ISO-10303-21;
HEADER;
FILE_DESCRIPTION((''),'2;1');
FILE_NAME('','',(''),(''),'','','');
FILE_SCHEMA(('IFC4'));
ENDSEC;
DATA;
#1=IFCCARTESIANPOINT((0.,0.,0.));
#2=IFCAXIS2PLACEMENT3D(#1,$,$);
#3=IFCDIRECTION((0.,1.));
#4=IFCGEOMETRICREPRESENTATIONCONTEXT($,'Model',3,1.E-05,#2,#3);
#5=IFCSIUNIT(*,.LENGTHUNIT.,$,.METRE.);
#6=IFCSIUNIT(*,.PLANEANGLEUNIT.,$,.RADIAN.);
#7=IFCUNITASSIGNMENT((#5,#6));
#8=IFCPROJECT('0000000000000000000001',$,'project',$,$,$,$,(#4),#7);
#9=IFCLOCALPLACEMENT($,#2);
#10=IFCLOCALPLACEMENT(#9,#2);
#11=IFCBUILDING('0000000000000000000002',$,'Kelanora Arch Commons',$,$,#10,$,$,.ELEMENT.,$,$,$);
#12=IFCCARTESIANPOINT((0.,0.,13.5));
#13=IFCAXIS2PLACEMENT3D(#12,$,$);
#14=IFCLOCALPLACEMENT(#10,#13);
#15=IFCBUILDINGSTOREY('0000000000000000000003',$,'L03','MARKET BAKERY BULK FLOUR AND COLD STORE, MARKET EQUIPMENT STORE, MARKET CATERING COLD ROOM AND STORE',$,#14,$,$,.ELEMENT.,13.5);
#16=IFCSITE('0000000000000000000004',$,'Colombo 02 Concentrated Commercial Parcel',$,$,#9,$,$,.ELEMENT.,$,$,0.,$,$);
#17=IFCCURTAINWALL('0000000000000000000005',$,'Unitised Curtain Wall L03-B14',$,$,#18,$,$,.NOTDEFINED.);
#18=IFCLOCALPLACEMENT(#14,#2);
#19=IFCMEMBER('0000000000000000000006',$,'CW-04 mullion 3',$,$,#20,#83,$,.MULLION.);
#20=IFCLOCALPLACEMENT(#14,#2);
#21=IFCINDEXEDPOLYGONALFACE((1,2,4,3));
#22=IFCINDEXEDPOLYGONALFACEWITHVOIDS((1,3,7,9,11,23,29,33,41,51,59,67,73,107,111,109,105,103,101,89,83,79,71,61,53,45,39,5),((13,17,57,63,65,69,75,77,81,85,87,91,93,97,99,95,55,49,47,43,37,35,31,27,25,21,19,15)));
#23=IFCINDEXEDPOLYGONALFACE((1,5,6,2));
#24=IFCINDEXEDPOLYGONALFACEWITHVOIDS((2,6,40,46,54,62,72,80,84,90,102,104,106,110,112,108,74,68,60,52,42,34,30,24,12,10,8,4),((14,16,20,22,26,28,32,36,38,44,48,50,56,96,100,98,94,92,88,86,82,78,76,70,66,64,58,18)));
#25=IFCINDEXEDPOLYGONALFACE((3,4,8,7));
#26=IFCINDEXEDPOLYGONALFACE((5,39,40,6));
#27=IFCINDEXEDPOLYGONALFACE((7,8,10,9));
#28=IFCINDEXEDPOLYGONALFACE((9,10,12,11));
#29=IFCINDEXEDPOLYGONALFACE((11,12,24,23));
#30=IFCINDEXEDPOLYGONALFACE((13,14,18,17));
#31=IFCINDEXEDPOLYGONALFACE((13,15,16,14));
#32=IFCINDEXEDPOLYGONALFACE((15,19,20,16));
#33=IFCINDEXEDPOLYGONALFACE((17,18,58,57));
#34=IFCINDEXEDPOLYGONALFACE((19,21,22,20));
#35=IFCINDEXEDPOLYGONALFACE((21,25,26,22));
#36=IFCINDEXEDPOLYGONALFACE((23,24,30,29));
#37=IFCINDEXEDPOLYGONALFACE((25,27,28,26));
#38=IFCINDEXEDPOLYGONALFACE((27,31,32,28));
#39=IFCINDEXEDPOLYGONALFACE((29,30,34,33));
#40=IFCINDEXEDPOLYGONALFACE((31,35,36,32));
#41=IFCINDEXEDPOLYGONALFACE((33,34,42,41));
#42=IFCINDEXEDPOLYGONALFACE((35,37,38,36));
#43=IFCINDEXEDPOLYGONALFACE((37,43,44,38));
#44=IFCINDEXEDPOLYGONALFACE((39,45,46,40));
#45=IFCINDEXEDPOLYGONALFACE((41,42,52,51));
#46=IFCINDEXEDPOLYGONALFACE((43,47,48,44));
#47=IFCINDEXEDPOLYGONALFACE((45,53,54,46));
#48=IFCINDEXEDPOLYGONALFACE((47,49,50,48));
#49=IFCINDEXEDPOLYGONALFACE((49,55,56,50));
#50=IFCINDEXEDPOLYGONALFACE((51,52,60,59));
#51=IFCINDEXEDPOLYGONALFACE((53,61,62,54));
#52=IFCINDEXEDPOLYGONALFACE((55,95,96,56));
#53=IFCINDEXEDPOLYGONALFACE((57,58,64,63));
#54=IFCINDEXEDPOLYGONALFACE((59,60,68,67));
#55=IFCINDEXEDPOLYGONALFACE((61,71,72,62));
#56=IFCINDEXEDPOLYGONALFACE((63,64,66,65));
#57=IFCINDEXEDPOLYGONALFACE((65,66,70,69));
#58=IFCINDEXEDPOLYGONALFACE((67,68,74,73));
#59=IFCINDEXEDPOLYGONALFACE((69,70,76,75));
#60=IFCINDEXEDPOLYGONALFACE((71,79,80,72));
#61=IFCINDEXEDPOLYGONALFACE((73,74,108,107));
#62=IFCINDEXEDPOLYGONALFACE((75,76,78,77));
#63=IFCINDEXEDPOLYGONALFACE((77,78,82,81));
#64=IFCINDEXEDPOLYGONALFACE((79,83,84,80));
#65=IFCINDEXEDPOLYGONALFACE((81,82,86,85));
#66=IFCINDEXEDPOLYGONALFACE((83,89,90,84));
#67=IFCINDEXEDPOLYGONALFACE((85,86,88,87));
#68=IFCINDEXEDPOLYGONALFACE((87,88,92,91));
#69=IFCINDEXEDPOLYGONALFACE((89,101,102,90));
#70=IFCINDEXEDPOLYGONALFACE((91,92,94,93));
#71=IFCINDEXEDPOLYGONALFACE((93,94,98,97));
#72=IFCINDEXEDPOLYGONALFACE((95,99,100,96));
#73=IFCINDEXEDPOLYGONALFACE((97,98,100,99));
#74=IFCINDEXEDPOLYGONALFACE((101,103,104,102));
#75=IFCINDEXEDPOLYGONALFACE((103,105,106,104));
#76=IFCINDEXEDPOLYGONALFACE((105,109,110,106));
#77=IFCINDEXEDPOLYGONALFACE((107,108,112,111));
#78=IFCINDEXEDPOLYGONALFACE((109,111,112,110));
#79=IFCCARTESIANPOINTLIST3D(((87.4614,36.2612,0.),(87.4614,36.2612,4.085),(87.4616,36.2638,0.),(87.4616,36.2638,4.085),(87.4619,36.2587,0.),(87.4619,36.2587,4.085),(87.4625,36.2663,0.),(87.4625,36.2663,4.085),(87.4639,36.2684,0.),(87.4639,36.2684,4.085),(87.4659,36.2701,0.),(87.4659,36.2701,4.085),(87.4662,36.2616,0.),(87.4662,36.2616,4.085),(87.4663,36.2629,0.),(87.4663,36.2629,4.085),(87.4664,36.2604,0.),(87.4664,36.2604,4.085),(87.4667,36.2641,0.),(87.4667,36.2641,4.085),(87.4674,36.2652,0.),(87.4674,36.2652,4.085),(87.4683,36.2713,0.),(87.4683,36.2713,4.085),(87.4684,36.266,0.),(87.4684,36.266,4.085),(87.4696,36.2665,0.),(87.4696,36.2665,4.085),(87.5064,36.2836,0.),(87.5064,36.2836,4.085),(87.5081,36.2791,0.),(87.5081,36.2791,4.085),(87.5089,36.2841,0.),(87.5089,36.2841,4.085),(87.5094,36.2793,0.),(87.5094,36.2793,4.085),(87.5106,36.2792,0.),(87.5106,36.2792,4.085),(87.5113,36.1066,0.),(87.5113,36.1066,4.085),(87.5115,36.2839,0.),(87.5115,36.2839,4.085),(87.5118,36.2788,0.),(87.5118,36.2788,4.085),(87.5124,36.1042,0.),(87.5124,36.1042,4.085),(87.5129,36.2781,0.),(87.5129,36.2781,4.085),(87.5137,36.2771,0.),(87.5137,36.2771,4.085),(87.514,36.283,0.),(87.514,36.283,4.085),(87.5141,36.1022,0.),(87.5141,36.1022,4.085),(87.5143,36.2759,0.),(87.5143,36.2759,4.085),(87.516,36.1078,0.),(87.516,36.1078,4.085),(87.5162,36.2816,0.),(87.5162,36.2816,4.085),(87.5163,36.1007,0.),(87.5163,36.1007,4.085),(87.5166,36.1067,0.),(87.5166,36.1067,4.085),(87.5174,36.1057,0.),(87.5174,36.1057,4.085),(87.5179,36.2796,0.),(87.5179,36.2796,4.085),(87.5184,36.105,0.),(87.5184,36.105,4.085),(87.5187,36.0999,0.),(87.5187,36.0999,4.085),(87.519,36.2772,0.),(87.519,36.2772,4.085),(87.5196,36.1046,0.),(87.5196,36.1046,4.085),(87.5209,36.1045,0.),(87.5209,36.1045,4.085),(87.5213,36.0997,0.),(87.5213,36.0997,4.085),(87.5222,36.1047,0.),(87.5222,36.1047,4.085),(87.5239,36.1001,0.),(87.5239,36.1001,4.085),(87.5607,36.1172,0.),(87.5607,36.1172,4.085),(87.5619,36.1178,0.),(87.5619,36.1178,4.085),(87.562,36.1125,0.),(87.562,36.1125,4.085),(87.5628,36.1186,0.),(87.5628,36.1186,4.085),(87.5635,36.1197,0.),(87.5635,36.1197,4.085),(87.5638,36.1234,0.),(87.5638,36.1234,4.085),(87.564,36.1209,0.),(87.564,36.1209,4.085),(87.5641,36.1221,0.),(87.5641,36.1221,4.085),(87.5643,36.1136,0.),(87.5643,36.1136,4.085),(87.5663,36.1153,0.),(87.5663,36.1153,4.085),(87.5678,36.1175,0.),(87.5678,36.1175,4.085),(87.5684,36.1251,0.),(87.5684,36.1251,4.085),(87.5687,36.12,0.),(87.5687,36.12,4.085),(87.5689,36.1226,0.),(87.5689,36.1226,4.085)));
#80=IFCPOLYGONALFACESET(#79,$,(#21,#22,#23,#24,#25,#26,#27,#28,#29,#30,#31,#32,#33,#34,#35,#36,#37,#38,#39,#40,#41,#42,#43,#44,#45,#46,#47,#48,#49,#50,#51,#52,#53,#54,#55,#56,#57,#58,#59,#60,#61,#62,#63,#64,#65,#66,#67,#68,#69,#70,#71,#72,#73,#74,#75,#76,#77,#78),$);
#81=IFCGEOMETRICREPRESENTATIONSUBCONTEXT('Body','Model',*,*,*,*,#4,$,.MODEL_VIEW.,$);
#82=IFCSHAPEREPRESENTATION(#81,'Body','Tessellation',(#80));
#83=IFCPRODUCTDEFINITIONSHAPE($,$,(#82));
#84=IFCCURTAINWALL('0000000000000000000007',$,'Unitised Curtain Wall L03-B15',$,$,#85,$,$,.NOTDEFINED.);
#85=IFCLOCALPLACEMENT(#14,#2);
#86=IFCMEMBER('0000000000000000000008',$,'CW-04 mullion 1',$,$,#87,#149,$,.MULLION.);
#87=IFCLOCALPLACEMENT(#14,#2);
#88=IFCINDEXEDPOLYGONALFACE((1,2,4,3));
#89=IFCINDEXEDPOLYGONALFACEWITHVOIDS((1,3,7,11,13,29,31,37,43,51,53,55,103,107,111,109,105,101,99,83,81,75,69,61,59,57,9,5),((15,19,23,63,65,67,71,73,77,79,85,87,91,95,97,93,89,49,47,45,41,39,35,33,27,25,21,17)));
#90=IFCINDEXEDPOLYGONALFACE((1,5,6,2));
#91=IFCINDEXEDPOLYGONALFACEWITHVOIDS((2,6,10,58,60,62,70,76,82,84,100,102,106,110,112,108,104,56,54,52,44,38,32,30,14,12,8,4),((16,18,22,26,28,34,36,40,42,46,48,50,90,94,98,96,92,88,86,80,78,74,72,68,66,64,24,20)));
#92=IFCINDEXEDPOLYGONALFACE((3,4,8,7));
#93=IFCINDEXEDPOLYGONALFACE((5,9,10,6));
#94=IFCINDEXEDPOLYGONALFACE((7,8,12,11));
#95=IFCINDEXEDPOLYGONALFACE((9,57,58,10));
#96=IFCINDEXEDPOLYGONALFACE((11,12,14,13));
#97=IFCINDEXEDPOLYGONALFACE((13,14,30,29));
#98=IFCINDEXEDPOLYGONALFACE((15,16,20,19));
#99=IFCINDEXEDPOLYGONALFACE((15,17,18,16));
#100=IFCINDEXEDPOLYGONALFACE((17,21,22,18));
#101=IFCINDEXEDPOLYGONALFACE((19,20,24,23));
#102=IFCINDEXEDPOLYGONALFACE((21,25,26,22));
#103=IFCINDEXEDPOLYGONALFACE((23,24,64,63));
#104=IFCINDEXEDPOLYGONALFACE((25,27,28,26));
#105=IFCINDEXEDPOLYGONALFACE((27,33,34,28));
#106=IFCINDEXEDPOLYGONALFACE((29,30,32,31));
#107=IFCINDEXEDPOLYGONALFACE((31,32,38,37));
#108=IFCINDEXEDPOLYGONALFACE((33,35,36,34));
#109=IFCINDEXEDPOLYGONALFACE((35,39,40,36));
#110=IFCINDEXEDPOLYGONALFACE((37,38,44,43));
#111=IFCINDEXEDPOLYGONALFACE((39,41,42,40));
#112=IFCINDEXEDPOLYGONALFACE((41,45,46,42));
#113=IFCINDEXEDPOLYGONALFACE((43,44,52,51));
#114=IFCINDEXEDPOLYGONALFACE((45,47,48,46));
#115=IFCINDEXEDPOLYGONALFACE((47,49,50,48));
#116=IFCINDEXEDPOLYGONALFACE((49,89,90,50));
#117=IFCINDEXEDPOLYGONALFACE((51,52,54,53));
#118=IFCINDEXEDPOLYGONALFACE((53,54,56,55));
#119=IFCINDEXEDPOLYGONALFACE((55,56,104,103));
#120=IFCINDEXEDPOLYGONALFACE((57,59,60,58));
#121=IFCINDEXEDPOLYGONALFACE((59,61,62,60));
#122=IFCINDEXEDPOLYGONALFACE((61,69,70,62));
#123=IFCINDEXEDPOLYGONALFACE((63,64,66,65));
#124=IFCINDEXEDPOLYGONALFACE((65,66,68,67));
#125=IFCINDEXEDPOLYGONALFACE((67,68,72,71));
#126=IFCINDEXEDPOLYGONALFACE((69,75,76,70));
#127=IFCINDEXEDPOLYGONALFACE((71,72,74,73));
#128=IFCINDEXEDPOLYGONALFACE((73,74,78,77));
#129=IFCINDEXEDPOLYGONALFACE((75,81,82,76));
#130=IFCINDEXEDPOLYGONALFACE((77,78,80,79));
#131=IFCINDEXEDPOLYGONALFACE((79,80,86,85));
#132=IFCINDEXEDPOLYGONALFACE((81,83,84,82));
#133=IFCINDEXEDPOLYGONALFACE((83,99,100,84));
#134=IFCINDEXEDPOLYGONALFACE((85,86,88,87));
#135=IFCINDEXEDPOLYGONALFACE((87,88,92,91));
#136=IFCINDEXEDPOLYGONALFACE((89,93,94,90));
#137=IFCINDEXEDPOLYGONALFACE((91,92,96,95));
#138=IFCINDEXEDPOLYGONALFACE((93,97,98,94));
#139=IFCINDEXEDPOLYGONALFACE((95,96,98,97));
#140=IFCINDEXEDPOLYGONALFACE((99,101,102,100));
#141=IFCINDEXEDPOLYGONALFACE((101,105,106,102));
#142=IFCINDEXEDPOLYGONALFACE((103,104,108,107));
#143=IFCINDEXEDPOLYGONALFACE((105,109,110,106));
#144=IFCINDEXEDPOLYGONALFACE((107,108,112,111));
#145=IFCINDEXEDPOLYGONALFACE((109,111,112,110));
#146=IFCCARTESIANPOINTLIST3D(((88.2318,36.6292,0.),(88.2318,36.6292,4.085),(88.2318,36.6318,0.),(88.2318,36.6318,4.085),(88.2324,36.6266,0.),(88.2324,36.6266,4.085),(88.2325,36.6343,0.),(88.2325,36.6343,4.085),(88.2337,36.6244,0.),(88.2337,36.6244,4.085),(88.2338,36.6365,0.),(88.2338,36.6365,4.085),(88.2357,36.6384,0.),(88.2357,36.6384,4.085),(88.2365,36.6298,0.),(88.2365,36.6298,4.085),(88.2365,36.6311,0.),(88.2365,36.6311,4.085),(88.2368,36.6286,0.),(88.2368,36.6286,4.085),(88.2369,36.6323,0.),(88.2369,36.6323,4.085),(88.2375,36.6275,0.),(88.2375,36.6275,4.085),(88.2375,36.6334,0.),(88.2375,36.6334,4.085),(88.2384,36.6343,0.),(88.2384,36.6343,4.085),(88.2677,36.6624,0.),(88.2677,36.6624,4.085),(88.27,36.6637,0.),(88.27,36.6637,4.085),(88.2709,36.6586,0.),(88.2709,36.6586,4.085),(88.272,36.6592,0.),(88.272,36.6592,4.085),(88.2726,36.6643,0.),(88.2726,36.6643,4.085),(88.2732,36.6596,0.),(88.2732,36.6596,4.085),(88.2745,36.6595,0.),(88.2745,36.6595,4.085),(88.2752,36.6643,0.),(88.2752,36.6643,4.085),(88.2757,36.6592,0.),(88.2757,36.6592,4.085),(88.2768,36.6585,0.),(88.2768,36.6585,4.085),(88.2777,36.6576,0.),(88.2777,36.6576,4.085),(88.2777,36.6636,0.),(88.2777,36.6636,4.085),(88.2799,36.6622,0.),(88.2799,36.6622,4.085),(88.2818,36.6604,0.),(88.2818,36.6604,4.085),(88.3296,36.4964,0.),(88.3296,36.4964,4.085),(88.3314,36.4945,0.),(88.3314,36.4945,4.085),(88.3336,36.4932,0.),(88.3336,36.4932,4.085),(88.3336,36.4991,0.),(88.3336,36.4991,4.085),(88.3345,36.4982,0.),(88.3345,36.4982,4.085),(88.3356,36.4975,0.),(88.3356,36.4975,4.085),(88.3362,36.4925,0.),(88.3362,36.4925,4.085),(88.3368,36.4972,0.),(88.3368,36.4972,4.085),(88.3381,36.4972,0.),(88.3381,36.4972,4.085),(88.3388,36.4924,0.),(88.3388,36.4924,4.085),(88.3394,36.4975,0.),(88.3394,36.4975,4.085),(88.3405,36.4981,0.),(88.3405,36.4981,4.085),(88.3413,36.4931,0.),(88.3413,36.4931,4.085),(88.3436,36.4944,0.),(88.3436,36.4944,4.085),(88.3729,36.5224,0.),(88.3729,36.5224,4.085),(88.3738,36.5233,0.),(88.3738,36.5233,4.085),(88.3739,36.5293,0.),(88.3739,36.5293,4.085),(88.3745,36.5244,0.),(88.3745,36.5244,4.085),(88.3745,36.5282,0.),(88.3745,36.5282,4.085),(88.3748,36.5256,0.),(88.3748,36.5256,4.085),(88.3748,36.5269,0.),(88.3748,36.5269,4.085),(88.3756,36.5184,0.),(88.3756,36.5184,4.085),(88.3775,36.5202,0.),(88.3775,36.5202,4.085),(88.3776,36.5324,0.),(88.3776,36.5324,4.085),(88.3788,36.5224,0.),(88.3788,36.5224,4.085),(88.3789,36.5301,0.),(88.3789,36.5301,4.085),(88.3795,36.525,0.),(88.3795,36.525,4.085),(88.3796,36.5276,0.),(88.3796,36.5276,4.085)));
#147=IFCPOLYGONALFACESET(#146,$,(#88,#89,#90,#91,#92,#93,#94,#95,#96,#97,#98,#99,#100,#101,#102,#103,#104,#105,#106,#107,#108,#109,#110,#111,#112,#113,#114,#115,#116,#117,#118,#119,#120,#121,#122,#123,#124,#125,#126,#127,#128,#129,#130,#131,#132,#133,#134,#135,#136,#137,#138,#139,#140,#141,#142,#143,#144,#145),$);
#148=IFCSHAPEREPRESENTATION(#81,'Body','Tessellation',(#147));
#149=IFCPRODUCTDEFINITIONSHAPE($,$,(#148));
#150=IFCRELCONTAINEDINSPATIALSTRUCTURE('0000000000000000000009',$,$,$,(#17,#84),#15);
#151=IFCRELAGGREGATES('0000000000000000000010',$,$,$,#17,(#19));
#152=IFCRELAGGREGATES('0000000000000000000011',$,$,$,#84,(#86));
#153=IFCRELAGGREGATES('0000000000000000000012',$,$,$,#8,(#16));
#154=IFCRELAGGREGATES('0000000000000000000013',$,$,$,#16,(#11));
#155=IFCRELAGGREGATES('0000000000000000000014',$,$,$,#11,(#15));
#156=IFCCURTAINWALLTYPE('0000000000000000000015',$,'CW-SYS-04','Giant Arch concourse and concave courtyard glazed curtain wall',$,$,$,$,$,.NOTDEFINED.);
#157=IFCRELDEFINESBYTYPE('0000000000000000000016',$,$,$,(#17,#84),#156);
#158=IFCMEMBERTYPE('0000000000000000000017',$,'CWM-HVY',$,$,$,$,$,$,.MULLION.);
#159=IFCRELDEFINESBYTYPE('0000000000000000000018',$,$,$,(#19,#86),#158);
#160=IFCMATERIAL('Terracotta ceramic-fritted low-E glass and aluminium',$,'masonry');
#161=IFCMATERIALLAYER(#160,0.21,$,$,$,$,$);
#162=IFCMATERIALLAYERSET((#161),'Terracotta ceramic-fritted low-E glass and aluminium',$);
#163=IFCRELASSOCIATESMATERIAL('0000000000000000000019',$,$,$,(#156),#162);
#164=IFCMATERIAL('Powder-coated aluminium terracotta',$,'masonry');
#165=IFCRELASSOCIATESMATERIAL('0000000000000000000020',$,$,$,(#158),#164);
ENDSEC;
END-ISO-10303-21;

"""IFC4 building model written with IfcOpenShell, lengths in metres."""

from ifc_helpers import new_model, si_unit, direction, frame, origin, origin_2d, place, context, subcontext, project, spatial, hollow_rectangle, extrude, material, layer, layer_set, material_profile, profile_set, type_object, element, aggregate, save


model = new_model("IFC4")

# Units and contexts
model_context = context("Model", 3, precision=1e-05, world=origin(), true_north=direction((0.0, 1.0)))
body_context = subcontext(model_context, "Body", "Model", "MODEL_VIEW")
ifc_project = project(units=[si_unit("LENGTHUNIT", "METRE"), si_unit("PLANEANGLEUNIT", "RADIAN")], contexts=[model_context])

# Site, building, storey
site_placement = place(None, origin())
site = spatial("IfcSite", under=ifc_project, at=site_placement, Name="Colombo 02 Concentrated Commercial Parcel", CompositionType="ELEMENT", RefElevation=0.0)
building_placement = place(site_placement, origin())
building = spatial("IfcBuilding", under=site, at=building_placement, Name="Kelanora Arch Commons", CompositionType="ELEMENT")
storey_placement = place(building_placement, frame((0.0, 0.0, 13.5)))
storey = spatial("IfcBuildingStorey", under=building, at=storey_placement, Name="L03", Description="MARKET BAKERY BULK FLOUR AND COLD STORE, MARKET EQUIPMENT STORE, MARKET CATERING COLD ROOM AND STORE", CompositionType="ELEMENT", Elevation=13.5)

# Curtain wall, member
ifc_material_1 = material(Name="Terracotta ceramic-fritted low-E glass and aluminium", Category="masonry")
ifc_layer_1 = layer(ifc_material_1, 0.21)
ifc_layer_set_1 = layer_set([ifc_layer_1], Name="Terracotta ceramic-fritted low-E glass and aluminium")
curtain_wall_type = type_object("IfcCurtainWallType", Name="CW-SYS-04", Description="Giant Arch concourse and concave courtyard glazed curtain wall", PredefinedType="NOTDEFINED", material=ifc_layer_set_1)
curtain_wall_1_placement = place(storey_placement, origin())
curtain_wall_1 = element("IfcCurtainWall", 1, at=curtain_wall_1_placement, inside=storey, type_object=curtain_wall_type, Name="Unitised Curtain Wall L03-B14", PredefinedType="NOTDEFINED")
ifc_material_2 = material(Name="Powder-coated aluminium terracotta", Category="masonry")
ifc_material_profile_1 = material_profile(ifc_material_2, hollow_rectangle(XDim=0.1799, YDim=0.0601, WallThickness=0.0049, InnerFilletRadius=0.0049, OuterFilletRadius=0.01, at=origin_2d()), Name="CWM180x60")
ifc_profile_set_1 = profile_set([ifc_material_profile_1], Name="Powder-coated aluminium terracotta")
member_type_1 = type_object("IfcMemberType", Name="CWM-HVY", PredefinedType="MULLION", material=ifc_profile_set_1)
member_1_placement = place(storey_placement, frame((87.5151, 36.1919, 0.0), z_axis=(0.0, 0.0, 1.0), x_axis=(-0.30907, 0.951039, 0.0)))
member_1 = element("IfcMember", 2, at=member_1_placement, type_object=member_type_1, Name="CW-04 mullion 3", PredefinedType="MULLION", context=body_context, shape_type="SweptSolid", body=[
    extrude(hollow_rectangle(XDim=0.1799, YDim=0.0601, WallThickness=0.0049, InnerFilletRadius=0.0049, OuterFilletRadius=0.01, at=origin_2d()), origin(), (0.0, 0.0, 1.0), 4.085),
])

# Curtain wall, member
curtain_wall_2_placement = place(storey_placement, origin())
curtain_wall_2 = element("IfcCurtainWall", 3, at=curtain_wall_2_placement, inside=storey, type_object=curtain_wall_type, Name="Unitised Curtain Wall L03-B15", PredefinedType="NOTDEFINED")
member_2_placement = place(storey_placement, frame((88.3057, 36.5784, 0.0), z_axis=(0.0, 0.0, 1.0), x_axis=(-0.599593, 0.800305, 0.0)))
member_2 = element("IfcMember", 4, at=member_2_placement, type_object=member_type_1, Name="CW-04 mullion 1", PredefinedType="MULLION", context=body_context, shape_type="SweptSolid", body=[
    extrude(hollow_rectangle(XDim=0.1799, YDim=0.0601, WallThickness=0.0049, InnerFilletRadius=0.0049, OuterFilletRadius=0.01, at=origin_2d()), origin(), (0.0, 0.0, 1.0), 4.085),
])

aggregate(curtain_wall_1, [member_1])
aggregate(curtain_wall_2, [member_2])

save(model, "model.ifc")
